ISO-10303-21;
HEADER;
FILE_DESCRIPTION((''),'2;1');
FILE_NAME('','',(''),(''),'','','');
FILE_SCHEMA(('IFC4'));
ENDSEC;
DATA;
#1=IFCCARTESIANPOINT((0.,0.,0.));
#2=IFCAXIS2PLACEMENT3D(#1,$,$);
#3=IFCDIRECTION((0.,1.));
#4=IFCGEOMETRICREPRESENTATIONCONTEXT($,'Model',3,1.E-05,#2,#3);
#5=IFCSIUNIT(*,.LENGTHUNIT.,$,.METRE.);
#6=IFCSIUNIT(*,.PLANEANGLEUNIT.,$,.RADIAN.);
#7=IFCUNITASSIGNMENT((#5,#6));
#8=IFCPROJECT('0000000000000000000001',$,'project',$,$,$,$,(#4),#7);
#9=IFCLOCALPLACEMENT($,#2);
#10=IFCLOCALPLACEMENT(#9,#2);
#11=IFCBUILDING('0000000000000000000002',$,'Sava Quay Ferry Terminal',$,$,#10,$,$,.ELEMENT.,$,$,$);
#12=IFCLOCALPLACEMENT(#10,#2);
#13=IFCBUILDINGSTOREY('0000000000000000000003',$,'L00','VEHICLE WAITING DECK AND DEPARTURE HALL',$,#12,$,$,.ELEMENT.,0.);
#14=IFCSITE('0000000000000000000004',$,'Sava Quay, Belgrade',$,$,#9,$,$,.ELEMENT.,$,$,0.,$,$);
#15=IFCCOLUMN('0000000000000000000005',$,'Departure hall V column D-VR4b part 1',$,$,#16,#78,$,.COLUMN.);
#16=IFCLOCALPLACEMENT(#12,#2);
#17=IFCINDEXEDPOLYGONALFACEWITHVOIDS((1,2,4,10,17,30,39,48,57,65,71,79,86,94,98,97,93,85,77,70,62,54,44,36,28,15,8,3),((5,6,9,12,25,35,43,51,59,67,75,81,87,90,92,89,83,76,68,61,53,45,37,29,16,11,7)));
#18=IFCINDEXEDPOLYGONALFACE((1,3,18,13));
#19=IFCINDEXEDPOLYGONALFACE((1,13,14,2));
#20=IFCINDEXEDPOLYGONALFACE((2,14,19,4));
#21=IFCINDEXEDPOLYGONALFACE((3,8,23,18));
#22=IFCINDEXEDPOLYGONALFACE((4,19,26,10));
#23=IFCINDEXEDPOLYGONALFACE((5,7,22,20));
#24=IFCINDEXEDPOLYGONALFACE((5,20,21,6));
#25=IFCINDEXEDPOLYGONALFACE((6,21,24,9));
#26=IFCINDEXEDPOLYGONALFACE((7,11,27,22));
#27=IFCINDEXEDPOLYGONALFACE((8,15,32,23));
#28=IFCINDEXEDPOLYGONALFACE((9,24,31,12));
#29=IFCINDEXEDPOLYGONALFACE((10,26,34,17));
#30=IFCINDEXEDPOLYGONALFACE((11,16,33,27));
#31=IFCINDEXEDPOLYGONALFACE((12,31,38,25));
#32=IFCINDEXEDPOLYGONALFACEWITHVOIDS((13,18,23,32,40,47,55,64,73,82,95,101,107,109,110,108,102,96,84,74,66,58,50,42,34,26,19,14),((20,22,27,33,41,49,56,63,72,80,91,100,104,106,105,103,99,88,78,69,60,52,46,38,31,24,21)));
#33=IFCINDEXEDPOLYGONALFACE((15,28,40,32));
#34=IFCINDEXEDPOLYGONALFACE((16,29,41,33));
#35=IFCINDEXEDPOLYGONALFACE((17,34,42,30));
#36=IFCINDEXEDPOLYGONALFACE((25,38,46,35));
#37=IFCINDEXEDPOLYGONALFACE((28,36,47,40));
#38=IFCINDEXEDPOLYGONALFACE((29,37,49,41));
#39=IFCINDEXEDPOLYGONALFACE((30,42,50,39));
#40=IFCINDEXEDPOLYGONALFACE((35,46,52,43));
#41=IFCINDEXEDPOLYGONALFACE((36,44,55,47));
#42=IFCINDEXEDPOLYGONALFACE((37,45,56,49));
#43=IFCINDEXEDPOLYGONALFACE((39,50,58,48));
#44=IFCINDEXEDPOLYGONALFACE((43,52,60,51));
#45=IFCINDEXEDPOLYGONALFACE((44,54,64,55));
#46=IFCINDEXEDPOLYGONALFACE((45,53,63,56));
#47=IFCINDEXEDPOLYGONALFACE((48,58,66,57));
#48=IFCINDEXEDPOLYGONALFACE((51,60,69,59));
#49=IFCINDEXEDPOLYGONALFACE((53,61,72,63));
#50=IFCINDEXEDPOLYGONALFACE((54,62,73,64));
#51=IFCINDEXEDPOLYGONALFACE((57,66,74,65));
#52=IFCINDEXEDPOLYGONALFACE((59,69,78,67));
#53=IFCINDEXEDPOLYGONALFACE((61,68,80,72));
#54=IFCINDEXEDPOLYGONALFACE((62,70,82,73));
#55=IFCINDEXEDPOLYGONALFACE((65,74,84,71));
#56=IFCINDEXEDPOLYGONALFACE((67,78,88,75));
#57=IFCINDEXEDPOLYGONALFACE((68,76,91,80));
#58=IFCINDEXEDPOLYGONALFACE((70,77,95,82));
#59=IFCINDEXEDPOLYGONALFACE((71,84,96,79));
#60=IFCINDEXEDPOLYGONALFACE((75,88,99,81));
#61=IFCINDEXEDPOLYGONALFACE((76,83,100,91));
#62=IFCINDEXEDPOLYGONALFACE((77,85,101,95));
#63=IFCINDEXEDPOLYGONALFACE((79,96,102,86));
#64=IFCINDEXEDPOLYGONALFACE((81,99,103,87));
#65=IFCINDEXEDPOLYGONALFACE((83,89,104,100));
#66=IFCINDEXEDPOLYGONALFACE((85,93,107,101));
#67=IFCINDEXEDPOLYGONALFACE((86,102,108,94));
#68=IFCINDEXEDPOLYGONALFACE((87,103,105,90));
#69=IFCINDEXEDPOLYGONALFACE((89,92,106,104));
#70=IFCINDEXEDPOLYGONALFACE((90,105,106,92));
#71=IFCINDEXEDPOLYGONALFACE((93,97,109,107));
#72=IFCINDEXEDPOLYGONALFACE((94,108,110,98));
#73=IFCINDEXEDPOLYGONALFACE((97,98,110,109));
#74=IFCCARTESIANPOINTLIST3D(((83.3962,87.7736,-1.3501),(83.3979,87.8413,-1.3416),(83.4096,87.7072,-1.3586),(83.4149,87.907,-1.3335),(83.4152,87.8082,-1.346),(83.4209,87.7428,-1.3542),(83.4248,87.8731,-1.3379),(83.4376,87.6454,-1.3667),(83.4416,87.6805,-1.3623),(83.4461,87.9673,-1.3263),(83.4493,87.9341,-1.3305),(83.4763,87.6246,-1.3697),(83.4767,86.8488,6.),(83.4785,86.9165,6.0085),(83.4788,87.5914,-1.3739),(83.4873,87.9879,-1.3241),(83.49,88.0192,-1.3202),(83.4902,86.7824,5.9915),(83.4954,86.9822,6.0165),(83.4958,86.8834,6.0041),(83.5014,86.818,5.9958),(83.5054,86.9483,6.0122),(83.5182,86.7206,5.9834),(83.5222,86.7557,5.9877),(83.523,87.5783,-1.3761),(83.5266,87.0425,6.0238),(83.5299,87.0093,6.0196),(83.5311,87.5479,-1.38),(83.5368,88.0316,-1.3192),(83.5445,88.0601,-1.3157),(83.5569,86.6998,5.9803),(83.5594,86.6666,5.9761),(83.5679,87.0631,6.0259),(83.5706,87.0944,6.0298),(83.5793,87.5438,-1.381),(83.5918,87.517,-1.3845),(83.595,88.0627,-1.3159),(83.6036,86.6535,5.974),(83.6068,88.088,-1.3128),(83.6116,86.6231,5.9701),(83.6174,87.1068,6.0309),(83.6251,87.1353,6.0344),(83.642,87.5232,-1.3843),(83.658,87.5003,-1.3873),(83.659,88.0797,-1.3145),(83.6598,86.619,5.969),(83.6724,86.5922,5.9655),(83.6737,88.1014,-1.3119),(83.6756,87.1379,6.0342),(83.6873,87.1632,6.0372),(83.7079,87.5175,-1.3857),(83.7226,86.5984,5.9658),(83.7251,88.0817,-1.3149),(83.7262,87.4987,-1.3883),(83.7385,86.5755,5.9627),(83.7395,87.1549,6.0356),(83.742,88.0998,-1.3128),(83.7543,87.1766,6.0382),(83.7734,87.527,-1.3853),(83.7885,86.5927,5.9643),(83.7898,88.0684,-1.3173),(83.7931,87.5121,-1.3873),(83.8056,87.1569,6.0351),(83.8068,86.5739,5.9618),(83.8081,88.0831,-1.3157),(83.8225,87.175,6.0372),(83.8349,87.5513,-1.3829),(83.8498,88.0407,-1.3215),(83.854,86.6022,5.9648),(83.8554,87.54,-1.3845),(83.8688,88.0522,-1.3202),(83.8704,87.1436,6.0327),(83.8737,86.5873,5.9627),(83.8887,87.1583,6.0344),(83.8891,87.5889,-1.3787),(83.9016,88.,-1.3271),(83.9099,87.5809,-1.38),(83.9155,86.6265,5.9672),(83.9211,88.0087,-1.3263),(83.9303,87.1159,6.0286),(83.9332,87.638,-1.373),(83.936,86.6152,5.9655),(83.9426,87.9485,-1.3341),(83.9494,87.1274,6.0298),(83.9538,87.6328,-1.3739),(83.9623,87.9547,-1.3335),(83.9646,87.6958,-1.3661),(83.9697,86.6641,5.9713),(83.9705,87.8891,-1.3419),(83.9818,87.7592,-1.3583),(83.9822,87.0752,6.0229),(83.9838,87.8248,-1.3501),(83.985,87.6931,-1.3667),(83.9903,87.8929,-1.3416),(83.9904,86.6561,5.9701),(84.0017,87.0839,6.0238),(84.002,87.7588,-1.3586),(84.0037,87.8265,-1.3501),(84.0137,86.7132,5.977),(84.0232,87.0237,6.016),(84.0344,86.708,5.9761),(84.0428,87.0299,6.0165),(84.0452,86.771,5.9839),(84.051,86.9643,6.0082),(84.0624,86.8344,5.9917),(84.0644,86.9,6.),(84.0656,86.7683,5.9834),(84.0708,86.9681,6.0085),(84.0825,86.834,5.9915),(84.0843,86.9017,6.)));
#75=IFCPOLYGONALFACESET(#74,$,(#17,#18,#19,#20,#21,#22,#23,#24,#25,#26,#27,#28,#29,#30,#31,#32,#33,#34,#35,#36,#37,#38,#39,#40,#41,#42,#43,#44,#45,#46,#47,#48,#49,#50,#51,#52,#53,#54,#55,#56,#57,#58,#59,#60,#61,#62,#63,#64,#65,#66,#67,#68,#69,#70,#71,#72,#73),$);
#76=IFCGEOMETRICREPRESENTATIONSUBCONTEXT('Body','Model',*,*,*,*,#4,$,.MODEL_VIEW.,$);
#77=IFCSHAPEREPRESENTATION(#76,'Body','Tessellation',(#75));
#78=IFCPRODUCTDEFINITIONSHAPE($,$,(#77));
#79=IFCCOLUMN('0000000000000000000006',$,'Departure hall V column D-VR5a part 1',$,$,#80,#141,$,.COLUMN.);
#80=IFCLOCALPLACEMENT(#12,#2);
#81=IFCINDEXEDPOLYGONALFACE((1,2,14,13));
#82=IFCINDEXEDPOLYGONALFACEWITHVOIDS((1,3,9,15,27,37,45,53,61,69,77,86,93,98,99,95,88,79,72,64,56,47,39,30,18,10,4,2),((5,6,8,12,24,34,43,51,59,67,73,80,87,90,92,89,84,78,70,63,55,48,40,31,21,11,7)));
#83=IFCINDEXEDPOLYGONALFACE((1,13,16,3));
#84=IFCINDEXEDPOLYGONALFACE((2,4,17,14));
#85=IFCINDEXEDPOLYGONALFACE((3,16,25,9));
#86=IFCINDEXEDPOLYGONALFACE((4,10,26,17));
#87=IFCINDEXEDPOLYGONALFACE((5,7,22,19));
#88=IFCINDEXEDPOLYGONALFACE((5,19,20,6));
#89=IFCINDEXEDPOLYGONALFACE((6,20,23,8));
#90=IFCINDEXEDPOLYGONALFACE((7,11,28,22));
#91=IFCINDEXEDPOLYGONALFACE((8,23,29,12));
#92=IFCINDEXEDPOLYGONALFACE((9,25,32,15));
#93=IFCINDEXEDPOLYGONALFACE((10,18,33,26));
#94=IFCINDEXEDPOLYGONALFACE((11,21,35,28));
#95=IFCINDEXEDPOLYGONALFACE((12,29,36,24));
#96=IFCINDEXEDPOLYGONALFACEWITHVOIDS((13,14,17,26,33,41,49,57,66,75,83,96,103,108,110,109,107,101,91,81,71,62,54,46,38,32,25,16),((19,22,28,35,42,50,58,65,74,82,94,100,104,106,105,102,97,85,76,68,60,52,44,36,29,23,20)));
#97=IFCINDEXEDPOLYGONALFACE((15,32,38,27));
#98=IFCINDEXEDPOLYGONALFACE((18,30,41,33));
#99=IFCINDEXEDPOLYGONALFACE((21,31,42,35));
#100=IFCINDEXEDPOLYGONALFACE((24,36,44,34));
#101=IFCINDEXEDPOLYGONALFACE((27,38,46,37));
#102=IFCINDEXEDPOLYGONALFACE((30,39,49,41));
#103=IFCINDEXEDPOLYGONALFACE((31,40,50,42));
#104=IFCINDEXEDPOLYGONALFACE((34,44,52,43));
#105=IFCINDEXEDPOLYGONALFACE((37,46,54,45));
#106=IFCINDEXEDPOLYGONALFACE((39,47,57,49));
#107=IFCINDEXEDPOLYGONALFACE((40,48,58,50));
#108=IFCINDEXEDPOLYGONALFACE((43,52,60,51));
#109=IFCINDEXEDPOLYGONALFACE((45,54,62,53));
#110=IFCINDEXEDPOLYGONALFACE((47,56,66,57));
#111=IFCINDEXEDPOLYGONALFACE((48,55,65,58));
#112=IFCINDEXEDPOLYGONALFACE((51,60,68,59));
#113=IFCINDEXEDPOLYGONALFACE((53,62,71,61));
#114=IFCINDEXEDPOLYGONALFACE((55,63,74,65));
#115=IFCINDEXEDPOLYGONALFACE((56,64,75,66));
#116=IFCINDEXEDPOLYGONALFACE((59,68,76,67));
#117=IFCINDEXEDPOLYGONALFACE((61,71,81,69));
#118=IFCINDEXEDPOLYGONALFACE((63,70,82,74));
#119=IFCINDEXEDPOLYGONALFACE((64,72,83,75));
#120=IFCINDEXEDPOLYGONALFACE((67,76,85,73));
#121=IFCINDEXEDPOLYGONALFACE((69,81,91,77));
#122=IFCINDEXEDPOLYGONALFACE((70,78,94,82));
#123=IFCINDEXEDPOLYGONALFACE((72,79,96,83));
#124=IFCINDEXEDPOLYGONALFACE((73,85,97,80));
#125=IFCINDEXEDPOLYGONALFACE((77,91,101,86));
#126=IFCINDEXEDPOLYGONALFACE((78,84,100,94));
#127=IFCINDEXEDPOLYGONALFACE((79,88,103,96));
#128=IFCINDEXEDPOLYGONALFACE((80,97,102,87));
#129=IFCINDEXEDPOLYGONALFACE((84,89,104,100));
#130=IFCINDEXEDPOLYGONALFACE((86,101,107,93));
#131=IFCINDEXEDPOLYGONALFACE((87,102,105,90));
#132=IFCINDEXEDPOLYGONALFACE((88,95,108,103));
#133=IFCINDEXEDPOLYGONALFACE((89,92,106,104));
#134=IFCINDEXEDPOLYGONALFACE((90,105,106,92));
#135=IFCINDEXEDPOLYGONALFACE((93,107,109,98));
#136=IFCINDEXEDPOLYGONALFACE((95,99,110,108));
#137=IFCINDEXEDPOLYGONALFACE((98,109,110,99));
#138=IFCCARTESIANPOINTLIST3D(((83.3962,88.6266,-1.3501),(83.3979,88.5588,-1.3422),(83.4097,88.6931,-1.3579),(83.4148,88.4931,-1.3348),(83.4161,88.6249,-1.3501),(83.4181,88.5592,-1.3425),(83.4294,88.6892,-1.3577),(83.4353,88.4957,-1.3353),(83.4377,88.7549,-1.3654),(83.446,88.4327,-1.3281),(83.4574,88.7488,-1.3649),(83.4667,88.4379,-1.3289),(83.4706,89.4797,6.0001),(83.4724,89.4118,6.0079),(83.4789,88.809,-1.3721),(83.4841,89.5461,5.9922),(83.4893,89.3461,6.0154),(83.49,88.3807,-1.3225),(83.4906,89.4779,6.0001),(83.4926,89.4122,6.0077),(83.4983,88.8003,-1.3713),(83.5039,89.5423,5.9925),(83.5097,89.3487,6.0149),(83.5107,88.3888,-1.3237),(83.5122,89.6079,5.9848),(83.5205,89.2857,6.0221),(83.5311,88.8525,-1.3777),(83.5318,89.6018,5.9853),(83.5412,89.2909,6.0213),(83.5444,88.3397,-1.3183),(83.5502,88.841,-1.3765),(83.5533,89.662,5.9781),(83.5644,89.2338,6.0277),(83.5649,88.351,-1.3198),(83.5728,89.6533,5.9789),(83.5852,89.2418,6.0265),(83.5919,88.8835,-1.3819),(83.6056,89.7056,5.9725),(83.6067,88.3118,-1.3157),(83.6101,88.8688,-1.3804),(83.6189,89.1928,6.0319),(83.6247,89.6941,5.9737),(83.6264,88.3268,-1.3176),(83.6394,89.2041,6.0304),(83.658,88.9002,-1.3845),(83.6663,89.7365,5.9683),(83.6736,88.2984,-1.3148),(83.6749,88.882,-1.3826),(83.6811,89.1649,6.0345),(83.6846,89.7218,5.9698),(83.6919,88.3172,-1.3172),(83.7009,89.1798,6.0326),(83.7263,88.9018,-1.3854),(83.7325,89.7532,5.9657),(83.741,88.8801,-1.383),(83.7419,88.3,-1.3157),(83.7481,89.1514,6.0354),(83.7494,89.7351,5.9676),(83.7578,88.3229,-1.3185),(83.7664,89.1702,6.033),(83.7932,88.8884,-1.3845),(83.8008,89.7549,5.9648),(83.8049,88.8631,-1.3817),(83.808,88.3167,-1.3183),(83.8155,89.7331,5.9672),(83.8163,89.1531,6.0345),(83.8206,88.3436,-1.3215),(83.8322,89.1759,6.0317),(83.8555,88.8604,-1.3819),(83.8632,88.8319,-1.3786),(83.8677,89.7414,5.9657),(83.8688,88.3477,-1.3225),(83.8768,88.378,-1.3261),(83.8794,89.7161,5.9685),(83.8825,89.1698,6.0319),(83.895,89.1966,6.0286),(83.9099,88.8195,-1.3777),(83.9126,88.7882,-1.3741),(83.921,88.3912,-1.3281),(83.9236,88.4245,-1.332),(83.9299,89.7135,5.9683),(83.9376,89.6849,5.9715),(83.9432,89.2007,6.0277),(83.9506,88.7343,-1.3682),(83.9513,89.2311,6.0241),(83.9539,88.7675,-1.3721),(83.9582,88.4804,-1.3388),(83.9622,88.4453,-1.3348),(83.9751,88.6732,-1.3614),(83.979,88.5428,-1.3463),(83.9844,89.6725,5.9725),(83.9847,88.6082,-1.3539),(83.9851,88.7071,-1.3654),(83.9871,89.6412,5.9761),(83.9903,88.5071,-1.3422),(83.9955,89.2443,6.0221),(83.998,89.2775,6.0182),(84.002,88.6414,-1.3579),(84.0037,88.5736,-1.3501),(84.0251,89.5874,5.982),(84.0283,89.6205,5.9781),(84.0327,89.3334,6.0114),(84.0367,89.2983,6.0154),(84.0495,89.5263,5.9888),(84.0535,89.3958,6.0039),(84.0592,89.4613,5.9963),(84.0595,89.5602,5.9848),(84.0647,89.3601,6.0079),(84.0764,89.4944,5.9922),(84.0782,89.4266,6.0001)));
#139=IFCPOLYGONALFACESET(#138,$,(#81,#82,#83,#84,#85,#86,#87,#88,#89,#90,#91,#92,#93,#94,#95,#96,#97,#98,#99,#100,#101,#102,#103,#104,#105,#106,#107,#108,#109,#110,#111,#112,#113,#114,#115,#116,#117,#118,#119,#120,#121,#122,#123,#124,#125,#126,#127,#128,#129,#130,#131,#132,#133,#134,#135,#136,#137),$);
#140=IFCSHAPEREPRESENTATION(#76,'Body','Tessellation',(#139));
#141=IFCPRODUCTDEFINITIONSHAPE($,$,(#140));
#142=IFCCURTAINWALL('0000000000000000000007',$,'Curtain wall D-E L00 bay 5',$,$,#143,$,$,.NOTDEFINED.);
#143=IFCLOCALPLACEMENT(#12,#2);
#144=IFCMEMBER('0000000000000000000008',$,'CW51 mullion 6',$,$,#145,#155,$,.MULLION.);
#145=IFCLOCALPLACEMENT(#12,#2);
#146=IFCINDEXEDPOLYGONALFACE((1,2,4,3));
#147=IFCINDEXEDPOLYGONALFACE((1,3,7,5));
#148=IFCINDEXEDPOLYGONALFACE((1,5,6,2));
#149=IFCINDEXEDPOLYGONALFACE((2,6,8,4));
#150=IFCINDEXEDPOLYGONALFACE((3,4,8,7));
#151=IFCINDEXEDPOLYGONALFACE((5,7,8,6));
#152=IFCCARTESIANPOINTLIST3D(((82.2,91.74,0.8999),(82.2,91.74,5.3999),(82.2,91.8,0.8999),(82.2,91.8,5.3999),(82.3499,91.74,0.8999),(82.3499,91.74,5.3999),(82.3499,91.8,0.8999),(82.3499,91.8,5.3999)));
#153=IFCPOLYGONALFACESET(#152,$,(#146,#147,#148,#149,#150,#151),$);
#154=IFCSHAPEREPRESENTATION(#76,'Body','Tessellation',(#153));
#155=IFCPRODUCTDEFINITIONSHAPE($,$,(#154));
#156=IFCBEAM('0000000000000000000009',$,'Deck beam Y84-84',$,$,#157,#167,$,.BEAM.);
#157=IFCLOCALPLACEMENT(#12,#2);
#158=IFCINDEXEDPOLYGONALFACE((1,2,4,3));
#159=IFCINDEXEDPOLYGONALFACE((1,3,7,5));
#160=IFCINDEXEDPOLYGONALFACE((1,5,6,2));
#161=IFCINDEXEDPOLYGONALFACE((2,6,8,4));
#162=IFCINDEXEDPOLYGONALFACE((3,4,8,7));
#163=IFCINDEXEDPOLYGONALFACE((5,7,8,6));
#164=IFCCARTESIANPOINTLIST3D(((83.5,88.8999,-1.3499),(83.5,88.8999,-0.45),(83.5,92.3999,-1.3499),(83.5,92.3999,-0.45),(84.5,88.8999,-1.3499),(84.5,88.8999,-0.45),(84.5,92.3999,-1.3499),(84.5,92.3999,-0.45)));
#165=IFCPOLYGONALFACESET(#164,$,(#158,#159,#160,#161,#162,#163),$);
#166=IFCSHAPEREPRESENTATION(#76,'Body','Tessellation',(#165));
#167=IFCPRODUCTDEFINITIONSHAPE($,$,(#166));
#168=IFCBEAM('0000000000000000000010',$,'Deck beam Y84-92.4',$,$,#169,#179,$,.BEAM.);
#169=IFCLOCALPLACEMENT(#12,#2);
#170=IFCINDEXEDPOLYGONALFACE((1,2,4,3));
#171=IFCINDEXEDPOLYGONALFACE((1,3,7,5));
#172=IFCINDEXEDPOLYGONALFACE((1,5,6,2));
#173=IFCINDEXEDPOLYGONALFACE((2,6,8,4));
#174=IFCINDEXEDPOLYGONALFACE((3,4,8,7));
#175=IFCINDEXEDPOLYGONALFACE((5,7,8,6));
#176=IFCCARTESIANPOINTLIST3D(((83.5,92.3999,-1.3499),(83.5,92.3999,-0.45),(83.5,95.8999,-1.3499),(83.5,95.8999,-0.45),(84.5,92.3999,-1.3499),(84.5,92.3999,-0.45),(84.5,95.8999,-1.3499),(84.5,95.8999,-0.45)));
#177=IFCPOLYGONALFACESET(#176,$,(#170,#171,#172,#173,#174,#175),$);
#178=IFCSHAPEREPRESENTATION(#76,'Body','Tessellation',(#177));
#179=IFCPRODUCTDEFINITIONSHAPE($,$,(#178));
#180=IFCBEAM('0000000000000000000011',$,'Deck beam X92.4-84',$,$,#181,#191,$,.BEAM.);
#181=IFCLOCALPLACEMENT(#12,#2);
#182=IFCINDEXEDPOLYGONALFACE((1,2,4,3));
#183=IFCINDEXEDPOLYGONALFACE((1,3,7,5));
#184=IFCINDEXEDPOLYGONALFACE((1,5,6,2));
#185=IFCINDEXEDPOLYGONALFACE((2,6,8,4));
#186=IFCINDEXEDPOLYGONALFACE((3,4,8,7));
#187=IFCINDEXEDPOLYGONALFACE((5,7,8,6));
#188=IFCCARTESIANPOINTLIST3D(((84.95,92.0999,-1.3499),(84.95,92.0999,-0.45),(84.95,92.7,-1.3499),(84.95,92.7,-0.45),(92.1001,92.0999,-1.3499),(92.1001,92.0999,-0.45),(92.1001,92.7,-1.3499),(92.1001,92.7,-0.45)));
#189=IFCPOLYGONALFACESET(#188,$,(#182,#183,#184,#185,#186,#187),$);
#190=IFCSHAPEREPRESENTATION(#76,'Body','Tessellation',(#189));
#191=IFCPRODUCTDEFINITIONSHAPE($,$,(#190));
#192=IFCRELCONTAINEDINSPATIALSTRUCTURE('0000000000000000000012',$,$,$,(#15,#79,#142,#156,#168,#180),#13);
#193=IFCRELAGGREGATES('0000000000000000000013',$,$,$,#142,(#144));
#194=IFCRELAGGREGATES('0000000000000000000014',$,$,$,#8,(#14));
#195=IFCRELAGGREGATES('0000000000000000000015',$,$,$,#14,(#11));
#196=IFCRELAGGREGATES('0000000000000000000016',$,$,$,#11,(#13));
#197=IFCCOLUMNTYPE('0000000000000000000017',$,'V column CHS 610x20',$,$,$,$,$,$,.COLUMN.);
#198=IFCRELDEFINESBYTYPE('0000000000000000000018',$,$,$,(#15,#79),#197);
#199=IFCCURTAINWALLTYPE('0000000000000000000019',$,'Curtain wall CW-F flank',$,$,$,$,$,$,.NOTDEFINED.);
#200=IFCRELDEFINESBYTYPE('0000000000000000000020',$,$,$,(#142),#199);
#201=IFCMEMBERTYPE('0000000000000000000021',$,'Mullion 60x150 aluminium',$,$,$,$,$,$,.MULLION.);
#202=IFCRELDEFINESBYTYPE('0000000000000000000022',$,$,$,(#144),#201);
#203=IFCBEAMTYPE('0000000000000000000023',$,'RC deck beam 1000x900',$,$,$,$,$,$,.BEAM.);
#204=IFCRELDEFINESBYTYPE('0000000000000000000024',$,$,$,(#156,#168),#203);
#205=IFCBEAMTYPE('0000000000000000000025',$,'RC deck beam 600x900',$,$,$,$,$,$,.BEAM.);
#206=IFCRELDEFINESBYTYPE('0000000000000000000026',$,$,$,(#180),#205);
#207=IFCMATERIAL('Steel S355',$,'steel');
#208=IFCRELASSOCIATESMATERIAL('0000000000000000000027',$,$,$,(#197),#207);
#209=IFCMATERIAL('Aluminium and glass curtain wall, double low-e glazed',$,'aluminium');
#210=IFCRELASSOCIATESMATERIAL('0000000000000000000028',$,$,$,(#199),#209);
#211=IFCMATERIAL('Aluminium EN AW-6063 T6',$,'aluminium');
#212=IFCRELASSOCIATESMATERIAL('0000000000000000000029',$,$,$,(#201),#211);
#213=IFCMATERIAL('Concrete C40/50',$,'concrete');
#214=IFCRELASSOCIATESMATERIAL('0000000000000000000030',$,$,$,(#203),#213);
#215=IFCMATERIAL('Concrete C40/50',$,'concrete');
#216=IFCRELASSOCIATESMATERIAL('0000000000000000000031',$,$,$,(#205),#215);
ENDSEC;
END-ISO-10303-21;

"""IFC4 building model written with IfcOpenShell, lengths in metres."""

from ifc_helpers import new_model, si_unit, direction, frame, origin, origin_2d, place, context, subcontext, project, spatial, rectangle, hollow_circle, extrude, material, material_profile, profile_set, type_object, element, aggregate, save


model = new_model("IFC4")

# Units and contexts
model_context = context("Model", 3, precision=1e-05, world=origin(), true_north=direction((0.0, 1.0)))
body_context = subcontext(model_context, "Body", "Model", "MODEL_VIEW")
ifc_project = project(units=[si_unit("LENGTHUNIT", "METRE"), si_unit("PLANEANGLEUNIT", "RADIAN")], contexts=[model_context])

# Site, building, storey
site_placement = place(None, origin())
site = spatial("IfcSite", under=ifc_project, at=site_placement, Name="Sava Quay, Belgrade", CompositionType="ELEMENT", RefElevation=0.0)
building_placement = place(site_placement, origin())
building = spatial("IfcBuilding", under=site, at=building_placement, Name="Sava Quay Ferry Terminal", CompositionType="ELEMENT")
storey_placement = place(building_placement, origin())
storey = spatial("IfcBuildingStorey", under=building, at=storey_placement, Name="L00", Description="VEHICLE WAITING DECK AND DEPARTURE HALL", CompositionType="ELEMENT", Elevation=0.0)

# Columns
ifc_material_1 = material(Name="Steel S355", Category="steel")
ifc_material_profile_1 = material_profile(ifc_material_1, hollow_circle(Radius=0.3049, WallThickness=0.02, at=origin_2d()), Name="CHS 610 x 20.0")
ifc_profile_set_1 = profile_set([ifc_material_profile_1], Name="Steel S355")
column_type_1 = type_object("IfcColumnType", Name="V column CHS 610x20", PredefinedType="COLUMN", material=ifc_profile_set_1)
column_1_placement = place(storey_placement, frame((83.7, 87.8, -1.3501), z_axis=(0.010875, -0.12483, 0.992118), x_axis=(0.996227, 0.086788, 0.0)))
element("IfcColumn", 1, at=column_1_placement, inside=storey, type_object=column_type_1, Name="Departure hall V column D-VR4b part 1", PredefinedType="COLUMN", context=body_context, shape_type="SweptSolid", body=[
    extrude(hollow_circle(Radius=0.3049, WallThickness=0.02, at=origin_2d()), origin(), (0.0, 0.0, 1.0), 7.4084),
])
column_2_placement = place(storey_placement, frame((83.7, 88.6001, -1.3501), z_axis=(0.010063, 0.115277, 0.993282), x_axis=(-0.996212, 0.086962, 0.0)))
element("IfcColumn", 2, at=column_2_placement, inside=storey, type_object=column_type_1, Name="Departure hall V column D-VR5a part 1", PredefinedType="COLUMN", context=body_context, shape_type="SweptSolid", body=[
    extrude(hollow_circle(Radius=0.3049, WallThickness=0.02, at=origin_2d()), origin(), (0.0, 0.0, 1.0), 7.3999),
])

# Curtain wall, member
ifc_material_2 = material(Name="Aluminium and glass curtain wall, double low-e glazed", Category="aluminium")
curtain_wall_type = type_object("IfcCurtainWallType", Name="Curtain wall CW-F flank", PredefinedType="NOTDEFINED", material=ifc_material_2)
curtain_wall_placement = place(storey_placement, origin())
curtain_wall = element("IfcCurtainWall", 3, at=curtain_wall_placement, inside=storey, type_object=curtain_wall_type, Name="Curtain wall D-E L00 bay 5", PredefinedType="NOTDEFINED")
ifc_material_3 = material(Name="Aluminium EN AW-6063 T6", Category="aluminium")
ifc_material_profile_2 = material_profile(ifc_material_3, rectangle(XDim=0.1499, YDim=0.0601, at=origin_2d()), Name="Mullion 60x150 aluminium")
ifc_profile_set_2 = profile_set([ifc_material_profile_2], Name="Aluminium EN AW-6063 T6")
member_type = type_object("IfcMemberType", Name="Mullion 60x150 aluminium", PredefinedType="MULLION", material=ifc_profile_set_2)
member_placement = place(storey_placement, frame((82.2749, 91.77, 0.8999), z_axis=(0.0, 0.0, 1.0), x_axis=(-1.0, 0.0, 0.0)))
member = element("IfcMember", 4, at=member_placement, type_object=member_type, Name="CW51 mullion 6", PredefinedType="MULLION", context=body_context, shape_type="SweptSolid", body=[
    extrude(rectangle(XDim=0.1499, YDim=0.0601, at=origin_2d()), origin(), (0.0, 0.0, 1.0), 4.5),
])

# Beams
ifc_material_4 = material(Name="Concrete C40/50", Category="concrete")
ifc_material_profile_3 = material_profile(ifc_material_4, rectangle(XDim=1.0, YDim=0.8999, at=origin_2d()), Name="RC 1000x900")
ifc_profile_set_3 = profile_set([ifc_material_profile_3], Name="Concrete C40/50")
beam_type_1 = type_object("IfcBeamType", Name="RC deck beam 1000x900", PredefinedType="BEAM", material=ifc_profile_set_3)
for number, where, z_axis, x_axis, name in (
    (5, (84.0, 88.8999, -0.8999), (0.0, 1.0, 0.0), (-1.0, 0.0, 0.0), "Deck beam Y84-84"),
    (6, (84.0, 92.3999, -0.8999), (0.0, 1.0, 0.0), (-1.0, 0.0, 0.0), "Deck beam Y84-92.4"),
):
    element("IfcBeam", number, at=place(storey_placement, frame(where, z_axis=z_axis, x_axis=x_axis)), inside=storey, type_object=beam_type_1, Name=name, PredefinedType="BEAM", context=body_context, shape_type="SweptSolid", body=[
        extrude(rectangle(XDim=1.0, YDim=0.8999, at=origin_2d()), origin(), (0.0, 0.0, 1.0), 3.5),
    ])
ifc_material_5 = material(Name="Concrete C40/50", Category="concrete")
ifc_material_profile_4 = material_profile(ifc_material_5, rectangle(XDim=0.6001, YDim=0.8999, at=origin_2d()), Name="RC 600x900")
ifc_profile_set_4 = profile_set([ifc_material_profile_4], Name="Concrete C40/50")
beam_type_2 = type_object("IfcBeamType", Name="RC deck beam 600x900", PredefinedType="BEAM", material=ifc_profile_set_4)
beam_placement = place(storey_placement, frame((84.95, 92.3999, -0.8999), z_axis=(1.0, 0.0, 0.0), x_axis=(0.0, 1.0, 0.0)))
element("IfcBeam", 7, at=beam_placement, inside=storey, type_object=beam_type_2, Name="Deck beam X92.4-84", PredefinedType="BEAM", context=body_context, shape_type="SweptSolid", body=[
    extrude(rectangle(XDim=0.6001, YDim=0.8999, at=origin_2d()), origin(), (0.0, 0.0, 1.0), 7.1501),
])

aggregate(curtain_wall, [member])

save(model, "model.ifc")
